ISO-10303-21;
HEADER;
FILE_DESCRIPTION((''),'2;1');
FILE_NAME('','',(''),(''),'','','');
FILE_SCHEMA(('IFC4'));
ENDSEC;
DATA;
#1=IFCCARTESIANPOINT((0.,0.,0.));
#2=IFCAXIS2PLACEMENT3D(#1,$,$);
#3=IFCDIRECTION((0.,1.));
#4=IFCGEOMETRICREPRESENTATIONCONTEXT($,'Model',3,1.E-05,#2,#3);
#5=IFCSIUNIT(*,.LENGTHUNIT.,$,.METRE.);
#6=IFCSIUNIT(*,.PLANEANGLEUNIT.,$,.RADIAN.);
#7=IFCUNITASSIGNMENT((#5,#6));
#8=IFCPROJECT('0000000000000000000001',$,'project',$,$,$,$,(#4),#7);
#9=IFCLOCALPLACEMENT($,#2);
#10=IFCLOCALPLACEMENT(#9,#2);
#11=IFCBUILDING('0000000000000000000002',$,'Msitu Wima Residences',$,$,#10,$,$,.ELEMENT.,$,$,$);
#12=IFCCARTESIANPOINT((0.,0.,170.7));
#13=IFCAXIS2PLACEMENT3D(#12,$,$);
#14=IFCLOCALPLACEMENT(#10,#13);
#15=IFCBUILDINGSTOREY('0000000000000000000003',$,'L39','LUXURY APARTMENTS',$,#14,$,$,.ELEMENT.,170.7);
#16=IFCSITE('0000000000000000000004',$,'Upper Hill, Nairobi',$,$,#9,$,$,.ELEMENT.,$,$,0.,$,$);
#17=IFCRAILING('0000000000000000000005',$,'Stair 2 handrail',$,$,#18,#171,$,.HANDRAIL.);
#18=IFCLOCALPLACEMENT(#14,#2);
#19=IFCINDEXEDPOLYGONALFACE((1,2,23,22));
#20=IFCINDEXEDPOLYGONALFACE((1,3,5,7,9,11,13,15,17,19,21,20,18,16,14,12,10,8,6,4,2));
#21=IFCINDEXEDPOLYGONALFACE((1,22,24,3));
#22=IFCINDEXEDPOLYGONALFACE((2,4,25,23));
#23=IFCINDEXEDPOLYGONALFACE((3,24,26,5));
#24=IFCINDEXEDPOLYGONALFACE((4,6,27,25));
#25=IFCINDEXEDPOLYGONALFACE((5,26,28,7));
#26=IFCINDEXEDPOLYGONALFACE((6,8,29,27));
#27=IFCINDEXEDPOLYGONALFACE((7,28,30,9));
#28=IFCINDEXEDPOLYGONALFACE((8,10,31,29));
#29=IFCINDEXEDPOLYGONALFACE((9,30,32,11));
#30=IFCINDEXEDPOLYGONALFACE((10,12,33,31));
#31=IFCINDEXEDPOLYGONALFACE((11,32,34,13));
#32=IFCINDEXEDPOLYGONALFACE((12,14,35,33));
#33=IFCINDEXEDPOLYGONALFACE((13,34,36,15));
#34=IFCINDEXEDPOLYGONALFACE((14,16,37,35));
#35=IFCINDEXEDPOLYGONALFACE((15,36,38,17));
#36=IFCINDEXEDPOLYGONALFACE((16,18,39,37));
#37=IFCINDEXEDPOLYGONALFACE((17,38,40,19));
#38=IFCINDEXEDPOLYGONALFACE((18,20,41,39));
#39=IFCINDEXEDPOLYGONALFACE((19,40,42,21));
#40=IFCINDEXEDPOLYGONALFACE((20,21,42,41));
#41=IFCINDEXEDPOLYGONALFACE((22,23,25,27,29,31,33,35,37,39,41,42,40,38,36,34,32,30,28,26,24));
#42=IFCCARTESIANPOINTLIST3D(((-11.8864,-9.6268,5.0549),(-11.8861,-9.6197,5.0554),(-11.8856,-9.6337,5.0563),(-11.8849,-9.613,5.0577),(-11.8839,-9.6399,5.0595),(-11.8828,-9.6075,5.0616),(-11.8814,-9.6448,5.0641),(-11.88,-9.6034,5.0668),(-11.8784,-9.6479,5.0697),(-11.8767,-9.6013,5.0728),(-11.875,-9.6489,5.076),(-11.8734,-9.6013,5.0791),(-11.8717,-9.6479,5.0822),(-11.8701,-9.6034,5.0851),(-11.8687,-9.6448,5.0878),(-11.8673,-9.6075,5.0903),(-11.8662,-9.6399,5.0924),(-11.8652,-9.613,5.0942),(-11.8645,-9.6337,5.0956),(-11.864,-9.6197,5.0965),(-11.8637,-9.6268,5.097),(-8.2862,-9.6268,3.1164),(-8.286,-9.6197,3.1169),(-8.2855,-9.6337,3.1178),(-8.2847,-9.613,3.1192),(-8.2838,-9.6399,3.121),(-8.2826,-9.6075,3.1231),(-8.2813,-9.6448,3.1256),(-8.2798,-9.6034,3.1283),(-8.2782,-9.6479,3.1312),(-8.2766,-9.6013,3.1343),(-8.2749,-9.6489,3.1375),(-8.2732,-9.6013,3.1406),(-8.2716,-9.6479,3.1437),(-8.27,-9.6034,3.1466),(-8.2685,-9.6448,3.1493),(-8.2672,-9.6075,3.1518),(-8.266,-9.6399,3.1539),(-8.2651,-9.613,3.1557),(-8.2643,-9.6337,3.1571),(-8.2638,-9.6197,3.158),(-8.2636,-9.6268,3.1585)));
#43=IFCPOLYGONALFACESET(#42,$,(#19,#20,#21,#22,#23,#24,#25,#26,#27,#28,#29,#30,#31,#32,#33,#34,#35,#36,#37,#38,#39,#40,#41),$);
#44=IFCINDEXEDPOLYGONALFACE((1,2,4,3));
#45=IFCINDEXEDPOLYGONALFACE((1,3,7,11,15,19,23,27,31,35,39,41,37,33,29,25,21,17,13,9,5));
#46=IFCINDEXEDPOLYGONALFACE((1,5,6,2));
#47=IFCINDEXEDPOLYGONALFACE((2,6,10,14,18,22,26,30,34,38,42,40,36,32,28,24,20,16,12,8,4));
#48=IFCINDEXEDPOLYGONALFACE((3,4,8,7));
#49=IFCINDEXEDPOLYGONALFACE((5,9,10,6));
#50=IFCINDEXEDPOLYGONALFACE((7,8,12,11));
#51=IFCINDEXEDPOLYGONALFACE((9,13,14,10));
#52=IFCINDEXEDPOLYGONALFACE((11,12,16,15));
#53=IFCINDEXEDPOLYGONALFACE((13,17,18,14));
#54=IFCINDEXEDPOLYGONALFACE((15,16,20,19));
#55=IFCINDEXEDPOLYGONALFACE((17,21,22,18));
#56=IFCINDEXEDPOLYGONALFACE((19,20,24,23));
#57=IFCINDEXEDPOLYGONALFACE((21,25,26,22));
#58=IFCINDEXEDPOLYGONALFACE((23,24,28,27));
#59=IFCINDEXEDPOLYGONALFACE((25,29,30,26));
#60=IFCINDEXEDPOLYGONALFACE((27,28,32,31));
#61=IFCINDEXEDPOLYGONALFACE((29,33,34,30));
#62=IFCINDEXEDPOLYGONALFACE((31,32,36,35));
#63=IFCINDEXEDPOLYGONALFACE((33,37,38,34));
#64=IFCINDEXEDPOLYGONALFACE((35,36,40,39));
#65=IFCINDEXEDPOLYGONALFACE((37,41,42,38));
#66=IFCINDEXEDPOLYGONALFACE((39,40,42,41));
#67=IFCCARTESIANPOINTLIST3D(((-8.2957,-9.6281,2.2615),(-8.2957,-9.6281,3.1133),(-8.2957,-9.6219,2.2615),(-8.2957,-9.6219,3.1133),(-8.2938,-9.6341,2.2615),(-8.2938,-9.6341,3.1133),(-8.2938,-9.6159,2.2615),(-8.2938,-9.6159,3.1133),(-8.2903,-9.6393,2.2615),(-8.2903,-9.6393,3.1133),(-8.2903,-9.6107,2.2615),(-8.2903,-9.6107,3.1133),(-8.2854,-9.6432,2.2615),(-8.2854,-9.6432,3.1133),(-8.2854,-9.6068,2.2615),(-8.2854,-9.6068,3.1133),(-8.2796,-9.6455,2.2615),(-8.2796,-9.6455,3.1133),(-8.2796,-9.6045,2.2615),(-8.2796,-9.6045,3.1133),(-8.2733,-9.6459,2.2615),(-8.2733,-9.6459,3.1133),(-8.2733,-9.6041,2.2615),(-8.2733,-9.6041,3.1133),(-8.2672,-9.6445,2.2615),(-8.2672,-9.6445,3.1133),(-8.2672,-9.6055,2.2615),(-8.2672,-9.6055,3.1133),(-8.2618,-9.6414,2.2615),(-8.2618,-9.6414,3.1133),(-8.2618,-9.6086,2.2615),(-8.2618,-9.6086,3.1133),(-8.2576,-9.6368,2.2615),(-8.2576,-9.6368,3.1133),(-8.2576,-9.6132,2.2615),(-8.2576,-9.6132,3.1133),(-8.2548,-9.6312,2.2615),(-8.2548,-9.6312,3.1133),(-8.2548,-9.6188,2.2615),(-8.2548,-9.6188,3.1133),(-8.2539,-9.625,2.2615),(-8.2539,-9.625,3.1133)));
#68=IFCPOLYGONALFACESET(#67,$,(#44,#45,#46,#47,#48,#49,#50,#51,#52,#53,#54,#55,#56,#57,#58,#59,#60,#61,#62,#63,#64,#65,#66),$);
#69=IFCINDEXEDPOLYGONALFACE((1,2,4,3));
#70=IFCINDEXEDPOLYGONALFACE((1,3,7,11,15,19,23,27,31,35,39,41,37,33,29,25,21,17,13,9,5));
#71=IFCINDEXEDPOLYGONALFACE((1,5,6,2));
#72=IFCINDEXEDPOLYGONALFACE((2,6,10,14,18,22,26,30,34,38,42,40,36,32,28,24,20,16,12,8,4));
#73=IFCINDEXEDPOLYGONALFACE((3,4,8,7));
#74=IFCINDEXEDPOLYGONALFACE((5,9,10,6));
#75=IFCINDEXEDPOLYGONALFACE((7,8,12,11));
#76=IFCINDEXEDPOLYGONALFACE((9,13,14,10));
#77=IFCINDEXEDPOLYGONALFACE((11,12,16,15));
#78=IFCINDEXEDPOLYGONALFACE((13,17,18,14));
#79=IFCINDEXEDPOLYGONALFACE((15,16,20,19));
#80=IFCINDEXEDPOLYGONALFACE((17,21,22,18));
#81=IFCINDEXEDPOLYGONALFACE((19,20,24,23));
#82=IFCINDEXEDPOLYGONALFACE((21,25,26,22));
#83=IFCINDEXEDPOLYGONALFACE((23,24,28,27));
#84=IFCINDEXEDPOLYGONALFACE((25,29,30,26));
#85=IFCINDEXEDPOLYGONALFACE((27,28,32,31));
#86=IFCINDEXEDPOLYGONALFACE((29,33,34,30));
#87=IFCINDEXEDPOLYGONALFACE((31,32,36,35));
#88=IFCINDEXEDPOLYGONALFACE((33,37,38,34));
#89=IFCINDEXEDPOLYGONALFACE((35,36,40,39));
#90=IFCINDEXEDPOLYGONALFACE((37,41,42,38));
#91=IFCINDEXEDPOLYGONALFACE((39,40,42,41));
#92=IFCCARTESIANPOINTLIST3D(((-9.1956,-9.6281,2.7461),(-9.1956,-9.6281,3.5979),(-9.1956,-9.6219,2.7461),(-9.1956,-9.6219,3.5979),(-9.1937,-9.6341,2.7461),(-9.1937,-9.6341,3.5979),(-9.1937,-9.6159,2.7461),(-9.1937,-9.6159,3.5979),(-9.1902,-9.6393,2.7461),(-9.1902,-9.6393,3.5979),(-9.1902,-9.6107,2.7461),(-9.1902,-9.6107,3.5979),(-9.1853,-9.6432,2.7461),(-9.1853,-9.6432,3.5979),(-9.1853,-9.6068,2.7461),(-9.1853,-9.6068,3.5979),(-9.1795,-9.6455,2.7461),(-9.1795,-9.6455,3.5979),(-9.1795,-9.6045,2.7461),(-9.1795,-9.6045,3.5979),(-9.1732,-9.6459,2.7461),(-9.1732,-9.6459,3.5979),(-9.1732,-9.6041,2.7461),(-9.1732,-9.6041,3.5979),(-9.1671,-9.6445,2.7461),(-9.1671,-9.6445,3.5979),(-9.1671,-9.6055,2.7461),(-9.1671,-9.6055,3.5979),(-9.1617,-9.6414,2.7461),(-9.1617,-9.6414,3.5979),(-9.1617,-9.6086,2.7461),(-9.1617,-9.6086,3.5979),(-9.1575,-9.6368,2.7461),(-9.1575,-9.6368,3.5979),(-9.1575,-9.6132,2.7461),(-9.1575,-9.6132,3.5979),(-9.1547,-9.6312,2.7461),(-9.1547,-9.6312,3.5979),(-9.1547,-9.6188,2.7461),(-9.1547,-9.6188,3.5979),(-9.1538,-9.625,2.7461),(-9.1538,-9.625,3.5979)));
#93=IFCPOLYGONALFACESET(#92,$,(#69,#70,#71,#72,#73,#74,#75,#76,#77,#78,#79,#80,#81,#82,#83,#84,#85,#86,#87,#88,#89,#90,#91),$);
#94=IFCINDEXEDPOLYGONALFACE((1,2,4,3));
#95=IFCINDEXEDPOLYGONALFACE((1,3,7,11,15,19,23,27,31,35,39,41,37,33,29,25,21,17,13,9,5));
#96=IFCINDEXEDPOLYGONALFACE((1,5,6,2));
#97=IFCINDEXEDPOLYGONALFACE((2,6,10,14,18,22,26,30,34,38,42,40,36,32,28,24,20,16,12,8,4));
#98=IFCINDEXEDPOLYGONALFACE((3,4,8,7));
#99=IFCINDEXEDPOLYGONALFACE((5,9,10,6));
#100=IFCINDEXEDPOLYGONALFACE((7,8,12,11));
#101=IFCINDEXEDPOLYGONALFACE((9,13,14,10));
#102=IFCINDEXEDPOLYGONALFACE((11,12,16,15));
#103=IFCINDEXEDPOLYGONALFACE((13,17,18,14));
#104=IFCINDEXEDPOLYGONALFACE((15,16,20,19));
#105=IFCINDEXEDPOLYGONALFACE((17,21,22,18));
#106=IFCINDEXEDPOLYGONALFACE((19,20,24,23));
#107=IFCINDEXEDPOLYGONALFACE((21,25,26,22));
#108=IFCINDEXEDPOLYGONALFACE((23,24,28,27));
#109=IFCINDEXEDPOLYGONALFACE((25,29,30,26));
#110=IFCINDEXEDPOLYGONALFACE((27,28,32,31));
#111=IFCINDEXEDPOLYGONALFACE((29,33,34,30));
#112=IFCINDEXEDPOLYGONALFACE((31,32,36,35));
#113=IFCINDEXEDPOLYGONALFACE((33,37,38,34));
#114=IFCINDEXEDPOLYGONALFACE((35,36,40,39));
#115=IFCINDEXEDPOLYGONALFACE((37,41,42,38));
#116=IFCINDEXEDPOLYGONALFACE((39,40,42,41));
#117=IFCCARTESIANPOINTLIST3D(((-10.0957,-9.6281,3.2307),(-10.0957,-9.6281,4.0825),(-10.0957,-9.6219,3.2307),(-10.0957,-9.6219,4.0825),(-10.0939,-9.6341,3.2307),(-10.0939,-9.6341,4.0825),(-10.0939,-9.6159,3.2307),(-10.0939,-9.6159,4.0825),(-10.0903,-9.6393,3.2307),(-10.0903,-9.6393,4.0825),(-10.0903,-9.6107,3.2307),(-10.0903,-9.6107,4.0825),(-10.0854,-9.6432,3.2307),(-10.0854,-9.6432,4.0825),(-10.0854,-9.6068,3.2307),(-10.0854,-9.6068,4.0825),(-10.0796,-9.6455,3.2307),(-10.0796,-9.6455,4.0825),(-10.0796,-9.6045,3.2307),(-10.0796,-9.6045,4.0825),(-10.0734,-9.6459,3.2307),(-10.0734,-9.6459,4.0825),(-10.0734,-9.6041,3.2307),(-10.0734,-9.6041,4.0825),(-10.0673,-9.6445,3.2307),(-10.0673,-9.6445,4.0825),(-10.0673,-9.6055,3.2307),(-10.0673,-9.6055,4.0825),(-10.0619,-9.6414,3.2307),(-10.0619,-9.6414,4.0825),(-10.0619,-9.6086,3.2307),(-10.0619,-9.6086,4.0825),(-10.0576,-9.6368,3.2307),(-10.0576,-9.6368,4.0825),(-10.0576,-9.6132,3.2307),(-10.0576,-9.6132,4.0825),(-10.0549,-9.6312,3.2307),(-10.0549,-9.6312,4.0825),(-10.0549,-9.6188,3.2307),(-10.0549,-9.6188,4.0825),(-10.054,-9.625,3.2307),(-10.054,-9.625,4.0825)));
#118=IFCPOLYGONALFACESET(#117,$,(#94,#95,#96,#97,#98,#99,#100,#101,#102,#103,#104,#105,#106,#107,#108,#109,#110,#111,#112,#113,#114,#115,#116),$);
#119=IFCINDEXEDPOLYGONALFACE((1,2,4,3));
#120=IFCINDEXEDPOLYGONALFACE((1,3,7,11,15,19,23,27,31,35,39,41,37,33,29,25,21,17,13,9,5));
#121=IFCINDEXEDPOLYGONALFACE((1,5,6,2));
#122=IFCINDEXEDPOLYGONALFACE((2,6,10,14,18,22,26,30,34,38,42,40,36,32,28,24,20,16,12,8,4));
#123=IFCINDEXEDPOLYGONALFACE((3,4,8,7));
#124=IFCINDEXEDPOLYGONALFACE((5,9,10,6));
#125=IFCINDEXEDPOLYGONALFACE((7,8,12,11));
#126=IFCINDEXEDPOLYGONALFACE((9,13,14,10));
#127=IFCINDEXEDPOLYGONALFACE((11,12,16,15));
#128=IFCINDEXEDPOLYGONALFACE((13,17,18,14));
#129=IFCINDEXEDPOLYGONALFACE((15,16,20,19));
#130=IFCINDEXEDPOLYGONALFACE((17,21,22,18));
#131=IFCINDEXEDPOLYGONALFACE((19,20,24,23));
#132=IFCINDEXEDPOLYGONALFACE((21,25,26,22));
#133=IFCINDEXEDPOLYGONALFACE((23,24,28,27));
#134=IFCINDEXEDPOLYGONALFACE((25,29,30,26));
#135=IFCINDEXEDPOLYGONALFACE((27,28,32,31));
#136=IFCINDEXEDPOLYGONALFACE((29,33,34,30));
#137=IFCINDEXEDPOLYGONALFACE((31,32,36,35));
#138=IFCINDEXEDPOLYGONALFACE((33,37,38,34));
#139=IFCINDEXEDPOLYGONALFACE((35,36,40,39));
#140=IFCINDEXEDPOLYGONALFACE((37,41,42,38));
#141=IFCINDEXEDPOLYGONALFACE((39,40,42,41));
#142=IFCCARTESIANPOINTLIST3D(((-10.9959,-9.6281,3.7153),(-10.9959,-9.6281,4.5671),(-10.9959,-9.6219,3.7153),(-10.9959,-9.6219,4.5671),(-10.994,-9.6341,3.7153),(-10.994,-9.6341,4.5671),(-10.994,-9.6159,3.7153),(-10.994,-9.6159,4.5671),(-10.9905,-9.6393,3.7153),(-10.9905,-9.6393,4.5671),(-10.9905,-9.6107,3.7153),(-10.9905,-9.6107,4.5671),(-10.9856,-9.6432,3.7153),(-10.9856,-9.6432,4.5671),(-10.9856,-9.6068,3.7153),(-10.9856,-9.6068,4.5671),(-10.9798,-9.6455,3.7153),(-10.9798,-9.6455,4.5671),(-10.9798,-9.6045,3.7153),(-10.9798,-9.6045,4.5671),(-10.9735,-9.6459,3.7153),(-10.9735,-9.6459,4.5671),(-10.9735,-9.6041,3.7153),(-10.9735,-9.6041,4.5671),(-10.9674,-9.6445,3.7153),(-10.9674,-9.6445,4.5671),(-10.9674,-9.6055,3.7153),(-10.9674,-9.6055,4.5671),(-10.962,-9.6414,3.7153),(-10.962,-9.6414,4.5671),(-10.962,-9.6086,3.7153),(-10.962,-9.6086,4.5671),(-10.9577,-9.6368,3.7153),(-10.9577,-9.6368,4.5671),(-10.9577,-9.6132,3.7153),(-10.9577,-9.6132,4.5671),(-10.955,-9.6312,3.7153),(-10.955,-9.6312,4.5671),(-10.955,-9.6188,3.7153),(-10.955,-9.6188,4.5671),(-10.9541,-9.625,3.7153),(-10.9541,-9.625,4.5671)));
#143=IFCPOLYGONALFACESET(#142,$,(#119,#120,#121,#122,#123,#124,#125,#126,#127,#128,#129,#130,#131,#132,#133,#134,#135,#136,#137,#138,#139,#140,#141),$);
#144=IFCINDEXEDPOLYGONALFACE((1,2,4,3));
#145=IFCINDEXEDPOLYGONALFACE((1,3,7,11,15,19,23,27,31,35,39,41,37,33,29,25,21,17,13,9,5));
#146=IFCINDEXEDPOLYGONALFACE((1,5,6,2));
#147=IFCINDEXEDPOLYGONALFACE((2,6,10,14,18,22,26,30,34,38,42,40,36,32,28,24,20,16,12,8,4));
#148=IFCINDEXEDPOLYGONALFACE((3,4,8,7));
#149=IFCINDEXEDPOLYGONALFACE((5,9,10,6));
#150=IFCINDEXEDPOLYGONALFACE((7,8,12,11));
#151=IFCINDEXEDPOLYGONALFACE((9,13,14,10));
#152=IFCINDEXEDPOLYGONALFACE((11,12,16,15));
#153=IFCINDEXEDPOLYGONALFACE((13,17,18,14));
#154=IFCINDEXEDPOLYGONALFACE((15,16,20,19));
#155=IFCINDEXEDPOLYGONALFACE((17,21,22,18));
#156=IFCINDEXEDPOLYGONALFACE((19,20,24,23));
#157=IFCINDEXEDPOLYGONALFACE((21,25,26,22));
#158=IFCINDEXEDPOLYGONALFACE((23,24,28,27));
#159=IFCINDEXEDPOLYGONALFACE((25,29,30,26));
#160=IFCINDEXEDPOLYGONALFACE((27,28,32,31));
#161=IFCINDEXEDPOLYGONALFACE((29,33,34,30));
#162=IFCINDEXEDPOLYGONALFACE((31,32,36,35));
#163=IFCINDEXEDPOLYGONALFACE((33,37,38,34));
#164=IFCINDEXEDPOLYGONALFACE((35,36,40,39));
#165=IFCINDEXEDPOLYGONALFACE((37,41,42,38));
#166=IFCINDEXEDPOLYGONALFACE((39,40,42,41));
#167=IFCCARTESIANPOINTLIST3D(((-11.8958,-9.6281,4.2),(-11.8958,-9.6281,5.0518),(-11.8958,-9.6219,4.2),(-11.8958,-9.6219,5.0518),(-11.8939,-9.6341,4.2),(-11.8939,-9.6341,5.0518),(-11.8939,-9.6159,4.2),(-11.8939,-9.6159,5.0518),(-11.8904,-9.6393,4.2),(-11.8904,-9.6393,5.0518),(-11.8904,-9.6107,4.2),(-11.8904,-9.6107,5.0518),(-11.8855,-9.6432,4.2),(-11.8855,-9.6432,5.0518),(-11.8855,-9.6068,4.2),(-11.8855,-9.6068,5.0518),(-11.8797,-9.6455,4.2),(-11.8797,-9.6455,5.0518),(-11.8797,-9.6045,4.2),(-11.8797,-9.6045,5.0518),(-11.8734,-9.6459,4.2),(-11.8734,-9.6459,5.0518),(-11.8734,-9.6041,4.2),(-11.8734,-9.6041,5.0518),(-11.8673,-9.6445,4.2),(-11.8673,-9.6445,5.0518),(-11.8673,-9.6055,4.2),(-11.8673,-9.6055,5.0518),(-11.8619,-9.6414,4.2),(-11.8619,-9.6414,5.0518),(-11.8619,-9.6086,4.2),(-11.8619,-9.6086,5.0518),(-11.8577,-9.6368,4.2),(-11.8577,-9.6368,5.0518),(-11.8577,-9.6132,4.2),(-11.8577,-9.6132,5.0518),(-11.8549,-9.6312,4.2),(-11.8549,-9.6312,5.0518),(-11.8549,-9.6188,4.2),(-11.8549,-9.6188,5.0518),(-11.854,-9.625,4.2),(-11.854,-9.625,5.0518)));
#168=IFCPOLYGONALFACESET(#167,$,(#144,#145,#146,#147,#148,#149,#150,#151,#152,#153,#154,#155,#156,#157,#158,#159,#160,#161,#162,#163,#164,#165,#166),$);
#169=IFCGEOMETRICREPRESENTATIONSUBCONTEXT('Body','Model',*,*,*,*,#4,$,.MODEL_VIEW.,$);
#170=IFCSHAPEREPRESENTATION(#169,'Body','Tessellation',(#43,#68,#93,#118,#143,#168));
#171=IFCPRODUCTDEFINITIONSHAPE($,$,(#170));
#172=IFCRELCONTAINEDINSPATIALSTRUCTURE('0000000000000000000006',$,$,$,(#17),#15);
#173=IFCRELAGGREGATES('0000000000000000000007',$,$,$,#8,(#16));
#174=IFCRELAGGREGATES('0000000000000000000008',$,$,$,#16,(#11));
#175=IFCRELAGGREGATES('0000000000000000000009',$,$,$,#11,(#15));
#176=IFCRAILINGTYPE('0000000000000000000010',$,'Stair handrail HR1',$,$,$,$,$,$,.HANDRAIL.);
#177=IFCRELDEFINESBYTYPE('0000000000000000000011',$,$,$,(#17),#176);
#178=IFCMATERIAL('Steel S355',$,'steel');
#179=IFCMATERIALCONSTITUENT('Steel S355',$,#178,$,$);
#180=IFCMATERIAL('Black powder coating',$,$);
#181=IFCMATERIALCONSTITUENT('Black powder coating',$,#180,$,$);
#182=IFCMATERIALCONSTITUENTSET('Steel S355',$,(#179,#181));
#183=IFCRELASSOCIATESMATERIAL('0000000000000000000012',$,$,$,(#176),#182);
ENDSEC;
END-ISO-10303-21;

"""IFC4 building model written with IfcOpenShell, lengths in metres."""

from ifc_helpers import new_model, si_unit, direction, frame, origin, origin_2d, place, context, subcontext, project, spatial, circle, extrude, material, constituent, constituent_set, type_object, element, save


model = new_model("IFC4")

# Units and contexts
model_context = context("Model", 3, precision=1e-05, world=origin(), true_north=direction((0.0, 1.0)))
body_context = subcontext(model_context, "Body", "Model", "MODEL_VIEW")
ifc_project = project(units=[si_unit("LENGTHUNIT", "METRE"), si_unit("PLANEANGLEUNIT", "RADIAN")], contexts=[model_context])

# Site, building, storey
site_placement = place(None, origin())
site = spatial("IfcSite", under=ifc_project, at=site_placement, Name="Upper Hill, Nairobi", CompositionType="ELEMENT", RefElevation=0.0)
building_placement = place(site_placement, origin())
building = spatial("IfcBuilding", under=site, at=building_placement, Name="Msitu Wima Residences", CompositionType="ELEMENT")
storey_placement = place(building_placement, frame((0.0, 0.0, 170.7)))
storey = spatial("IfcBuildingStorey", under=building, at=storey_placement, Name="L39", Description="LUXURY APARTMENTS", CompositionType="ELEMENT", Elevation=170.7)

# Railing
ifc_material_1 = material(Name="Steel S355", Category="steel")
ifc_constituent_1 = constituent(ifc_material_1, Name="Steel S355")
ifc_material_2 = material(Name="Black powder coating")
ifc_constituent_2 = constituent(ifc_material_2, Name="Black powder coating")
ifc_constituent_set = constituent_set(constituents=[ifc_constituent_1, ifc_constituent_2], Name="Steel S355")
railing_type = type_object("IfcRailingType", Name="Stair handrail HR1", PredefinedType="HANDRAIL", material=ifc_constituent_set)
for number, where, name in (
    (1, (-8.2749, -9.625, 2.2615), "Stair 2 handrail"),
):
    element("IfcRailing", number, at=place(storey_placement, frame(where)), inside=storey, type_object=railing_type, Name=name, PredefinedType="HANDRAIL", context=body_context, shape_type="SweptSolid", body=[
        extrude(circle(Radius=0.0239, at=origin_2d()), frame((0.0, 0.0, 0.876), z_axis=(-0.880475, 0.0, 0.474093), x_axis=(0.0, -1.0, 0.0)), (0.0, 0.0, 1.0), 4.0889),
        extrude(circle(Radius=0.021, at=origin_2d()), origin(), (0.0, 0.0, 1.0), 0.8518),
        extrude(circle(Radius=0.021, at=origin_2d()), frame((-0.8999, 0.0, 0.4846)), (0.0, 0.0, 1.0), 0.8518),
        extrude(circle(Radius=0.021, at=origin_2d()), frame((-1.8, 0.0, 0.9692)), (0.0, 0.0, 1.0), 0.8518),
        extrude(circle(Radius=0.021, at=origin_2d()), frame((-2.7002, 0.0, 1.4539)), (0.0, 0.0, 1.0), 0.8518),
        extrude(circle(Radius=0.021, at=origin_2d()), frame((-3.6001, 0.0, 1.9385)), (0.0, 0.0, 1.0), 0.8518),
    ])

save(model, "model.ifc")
